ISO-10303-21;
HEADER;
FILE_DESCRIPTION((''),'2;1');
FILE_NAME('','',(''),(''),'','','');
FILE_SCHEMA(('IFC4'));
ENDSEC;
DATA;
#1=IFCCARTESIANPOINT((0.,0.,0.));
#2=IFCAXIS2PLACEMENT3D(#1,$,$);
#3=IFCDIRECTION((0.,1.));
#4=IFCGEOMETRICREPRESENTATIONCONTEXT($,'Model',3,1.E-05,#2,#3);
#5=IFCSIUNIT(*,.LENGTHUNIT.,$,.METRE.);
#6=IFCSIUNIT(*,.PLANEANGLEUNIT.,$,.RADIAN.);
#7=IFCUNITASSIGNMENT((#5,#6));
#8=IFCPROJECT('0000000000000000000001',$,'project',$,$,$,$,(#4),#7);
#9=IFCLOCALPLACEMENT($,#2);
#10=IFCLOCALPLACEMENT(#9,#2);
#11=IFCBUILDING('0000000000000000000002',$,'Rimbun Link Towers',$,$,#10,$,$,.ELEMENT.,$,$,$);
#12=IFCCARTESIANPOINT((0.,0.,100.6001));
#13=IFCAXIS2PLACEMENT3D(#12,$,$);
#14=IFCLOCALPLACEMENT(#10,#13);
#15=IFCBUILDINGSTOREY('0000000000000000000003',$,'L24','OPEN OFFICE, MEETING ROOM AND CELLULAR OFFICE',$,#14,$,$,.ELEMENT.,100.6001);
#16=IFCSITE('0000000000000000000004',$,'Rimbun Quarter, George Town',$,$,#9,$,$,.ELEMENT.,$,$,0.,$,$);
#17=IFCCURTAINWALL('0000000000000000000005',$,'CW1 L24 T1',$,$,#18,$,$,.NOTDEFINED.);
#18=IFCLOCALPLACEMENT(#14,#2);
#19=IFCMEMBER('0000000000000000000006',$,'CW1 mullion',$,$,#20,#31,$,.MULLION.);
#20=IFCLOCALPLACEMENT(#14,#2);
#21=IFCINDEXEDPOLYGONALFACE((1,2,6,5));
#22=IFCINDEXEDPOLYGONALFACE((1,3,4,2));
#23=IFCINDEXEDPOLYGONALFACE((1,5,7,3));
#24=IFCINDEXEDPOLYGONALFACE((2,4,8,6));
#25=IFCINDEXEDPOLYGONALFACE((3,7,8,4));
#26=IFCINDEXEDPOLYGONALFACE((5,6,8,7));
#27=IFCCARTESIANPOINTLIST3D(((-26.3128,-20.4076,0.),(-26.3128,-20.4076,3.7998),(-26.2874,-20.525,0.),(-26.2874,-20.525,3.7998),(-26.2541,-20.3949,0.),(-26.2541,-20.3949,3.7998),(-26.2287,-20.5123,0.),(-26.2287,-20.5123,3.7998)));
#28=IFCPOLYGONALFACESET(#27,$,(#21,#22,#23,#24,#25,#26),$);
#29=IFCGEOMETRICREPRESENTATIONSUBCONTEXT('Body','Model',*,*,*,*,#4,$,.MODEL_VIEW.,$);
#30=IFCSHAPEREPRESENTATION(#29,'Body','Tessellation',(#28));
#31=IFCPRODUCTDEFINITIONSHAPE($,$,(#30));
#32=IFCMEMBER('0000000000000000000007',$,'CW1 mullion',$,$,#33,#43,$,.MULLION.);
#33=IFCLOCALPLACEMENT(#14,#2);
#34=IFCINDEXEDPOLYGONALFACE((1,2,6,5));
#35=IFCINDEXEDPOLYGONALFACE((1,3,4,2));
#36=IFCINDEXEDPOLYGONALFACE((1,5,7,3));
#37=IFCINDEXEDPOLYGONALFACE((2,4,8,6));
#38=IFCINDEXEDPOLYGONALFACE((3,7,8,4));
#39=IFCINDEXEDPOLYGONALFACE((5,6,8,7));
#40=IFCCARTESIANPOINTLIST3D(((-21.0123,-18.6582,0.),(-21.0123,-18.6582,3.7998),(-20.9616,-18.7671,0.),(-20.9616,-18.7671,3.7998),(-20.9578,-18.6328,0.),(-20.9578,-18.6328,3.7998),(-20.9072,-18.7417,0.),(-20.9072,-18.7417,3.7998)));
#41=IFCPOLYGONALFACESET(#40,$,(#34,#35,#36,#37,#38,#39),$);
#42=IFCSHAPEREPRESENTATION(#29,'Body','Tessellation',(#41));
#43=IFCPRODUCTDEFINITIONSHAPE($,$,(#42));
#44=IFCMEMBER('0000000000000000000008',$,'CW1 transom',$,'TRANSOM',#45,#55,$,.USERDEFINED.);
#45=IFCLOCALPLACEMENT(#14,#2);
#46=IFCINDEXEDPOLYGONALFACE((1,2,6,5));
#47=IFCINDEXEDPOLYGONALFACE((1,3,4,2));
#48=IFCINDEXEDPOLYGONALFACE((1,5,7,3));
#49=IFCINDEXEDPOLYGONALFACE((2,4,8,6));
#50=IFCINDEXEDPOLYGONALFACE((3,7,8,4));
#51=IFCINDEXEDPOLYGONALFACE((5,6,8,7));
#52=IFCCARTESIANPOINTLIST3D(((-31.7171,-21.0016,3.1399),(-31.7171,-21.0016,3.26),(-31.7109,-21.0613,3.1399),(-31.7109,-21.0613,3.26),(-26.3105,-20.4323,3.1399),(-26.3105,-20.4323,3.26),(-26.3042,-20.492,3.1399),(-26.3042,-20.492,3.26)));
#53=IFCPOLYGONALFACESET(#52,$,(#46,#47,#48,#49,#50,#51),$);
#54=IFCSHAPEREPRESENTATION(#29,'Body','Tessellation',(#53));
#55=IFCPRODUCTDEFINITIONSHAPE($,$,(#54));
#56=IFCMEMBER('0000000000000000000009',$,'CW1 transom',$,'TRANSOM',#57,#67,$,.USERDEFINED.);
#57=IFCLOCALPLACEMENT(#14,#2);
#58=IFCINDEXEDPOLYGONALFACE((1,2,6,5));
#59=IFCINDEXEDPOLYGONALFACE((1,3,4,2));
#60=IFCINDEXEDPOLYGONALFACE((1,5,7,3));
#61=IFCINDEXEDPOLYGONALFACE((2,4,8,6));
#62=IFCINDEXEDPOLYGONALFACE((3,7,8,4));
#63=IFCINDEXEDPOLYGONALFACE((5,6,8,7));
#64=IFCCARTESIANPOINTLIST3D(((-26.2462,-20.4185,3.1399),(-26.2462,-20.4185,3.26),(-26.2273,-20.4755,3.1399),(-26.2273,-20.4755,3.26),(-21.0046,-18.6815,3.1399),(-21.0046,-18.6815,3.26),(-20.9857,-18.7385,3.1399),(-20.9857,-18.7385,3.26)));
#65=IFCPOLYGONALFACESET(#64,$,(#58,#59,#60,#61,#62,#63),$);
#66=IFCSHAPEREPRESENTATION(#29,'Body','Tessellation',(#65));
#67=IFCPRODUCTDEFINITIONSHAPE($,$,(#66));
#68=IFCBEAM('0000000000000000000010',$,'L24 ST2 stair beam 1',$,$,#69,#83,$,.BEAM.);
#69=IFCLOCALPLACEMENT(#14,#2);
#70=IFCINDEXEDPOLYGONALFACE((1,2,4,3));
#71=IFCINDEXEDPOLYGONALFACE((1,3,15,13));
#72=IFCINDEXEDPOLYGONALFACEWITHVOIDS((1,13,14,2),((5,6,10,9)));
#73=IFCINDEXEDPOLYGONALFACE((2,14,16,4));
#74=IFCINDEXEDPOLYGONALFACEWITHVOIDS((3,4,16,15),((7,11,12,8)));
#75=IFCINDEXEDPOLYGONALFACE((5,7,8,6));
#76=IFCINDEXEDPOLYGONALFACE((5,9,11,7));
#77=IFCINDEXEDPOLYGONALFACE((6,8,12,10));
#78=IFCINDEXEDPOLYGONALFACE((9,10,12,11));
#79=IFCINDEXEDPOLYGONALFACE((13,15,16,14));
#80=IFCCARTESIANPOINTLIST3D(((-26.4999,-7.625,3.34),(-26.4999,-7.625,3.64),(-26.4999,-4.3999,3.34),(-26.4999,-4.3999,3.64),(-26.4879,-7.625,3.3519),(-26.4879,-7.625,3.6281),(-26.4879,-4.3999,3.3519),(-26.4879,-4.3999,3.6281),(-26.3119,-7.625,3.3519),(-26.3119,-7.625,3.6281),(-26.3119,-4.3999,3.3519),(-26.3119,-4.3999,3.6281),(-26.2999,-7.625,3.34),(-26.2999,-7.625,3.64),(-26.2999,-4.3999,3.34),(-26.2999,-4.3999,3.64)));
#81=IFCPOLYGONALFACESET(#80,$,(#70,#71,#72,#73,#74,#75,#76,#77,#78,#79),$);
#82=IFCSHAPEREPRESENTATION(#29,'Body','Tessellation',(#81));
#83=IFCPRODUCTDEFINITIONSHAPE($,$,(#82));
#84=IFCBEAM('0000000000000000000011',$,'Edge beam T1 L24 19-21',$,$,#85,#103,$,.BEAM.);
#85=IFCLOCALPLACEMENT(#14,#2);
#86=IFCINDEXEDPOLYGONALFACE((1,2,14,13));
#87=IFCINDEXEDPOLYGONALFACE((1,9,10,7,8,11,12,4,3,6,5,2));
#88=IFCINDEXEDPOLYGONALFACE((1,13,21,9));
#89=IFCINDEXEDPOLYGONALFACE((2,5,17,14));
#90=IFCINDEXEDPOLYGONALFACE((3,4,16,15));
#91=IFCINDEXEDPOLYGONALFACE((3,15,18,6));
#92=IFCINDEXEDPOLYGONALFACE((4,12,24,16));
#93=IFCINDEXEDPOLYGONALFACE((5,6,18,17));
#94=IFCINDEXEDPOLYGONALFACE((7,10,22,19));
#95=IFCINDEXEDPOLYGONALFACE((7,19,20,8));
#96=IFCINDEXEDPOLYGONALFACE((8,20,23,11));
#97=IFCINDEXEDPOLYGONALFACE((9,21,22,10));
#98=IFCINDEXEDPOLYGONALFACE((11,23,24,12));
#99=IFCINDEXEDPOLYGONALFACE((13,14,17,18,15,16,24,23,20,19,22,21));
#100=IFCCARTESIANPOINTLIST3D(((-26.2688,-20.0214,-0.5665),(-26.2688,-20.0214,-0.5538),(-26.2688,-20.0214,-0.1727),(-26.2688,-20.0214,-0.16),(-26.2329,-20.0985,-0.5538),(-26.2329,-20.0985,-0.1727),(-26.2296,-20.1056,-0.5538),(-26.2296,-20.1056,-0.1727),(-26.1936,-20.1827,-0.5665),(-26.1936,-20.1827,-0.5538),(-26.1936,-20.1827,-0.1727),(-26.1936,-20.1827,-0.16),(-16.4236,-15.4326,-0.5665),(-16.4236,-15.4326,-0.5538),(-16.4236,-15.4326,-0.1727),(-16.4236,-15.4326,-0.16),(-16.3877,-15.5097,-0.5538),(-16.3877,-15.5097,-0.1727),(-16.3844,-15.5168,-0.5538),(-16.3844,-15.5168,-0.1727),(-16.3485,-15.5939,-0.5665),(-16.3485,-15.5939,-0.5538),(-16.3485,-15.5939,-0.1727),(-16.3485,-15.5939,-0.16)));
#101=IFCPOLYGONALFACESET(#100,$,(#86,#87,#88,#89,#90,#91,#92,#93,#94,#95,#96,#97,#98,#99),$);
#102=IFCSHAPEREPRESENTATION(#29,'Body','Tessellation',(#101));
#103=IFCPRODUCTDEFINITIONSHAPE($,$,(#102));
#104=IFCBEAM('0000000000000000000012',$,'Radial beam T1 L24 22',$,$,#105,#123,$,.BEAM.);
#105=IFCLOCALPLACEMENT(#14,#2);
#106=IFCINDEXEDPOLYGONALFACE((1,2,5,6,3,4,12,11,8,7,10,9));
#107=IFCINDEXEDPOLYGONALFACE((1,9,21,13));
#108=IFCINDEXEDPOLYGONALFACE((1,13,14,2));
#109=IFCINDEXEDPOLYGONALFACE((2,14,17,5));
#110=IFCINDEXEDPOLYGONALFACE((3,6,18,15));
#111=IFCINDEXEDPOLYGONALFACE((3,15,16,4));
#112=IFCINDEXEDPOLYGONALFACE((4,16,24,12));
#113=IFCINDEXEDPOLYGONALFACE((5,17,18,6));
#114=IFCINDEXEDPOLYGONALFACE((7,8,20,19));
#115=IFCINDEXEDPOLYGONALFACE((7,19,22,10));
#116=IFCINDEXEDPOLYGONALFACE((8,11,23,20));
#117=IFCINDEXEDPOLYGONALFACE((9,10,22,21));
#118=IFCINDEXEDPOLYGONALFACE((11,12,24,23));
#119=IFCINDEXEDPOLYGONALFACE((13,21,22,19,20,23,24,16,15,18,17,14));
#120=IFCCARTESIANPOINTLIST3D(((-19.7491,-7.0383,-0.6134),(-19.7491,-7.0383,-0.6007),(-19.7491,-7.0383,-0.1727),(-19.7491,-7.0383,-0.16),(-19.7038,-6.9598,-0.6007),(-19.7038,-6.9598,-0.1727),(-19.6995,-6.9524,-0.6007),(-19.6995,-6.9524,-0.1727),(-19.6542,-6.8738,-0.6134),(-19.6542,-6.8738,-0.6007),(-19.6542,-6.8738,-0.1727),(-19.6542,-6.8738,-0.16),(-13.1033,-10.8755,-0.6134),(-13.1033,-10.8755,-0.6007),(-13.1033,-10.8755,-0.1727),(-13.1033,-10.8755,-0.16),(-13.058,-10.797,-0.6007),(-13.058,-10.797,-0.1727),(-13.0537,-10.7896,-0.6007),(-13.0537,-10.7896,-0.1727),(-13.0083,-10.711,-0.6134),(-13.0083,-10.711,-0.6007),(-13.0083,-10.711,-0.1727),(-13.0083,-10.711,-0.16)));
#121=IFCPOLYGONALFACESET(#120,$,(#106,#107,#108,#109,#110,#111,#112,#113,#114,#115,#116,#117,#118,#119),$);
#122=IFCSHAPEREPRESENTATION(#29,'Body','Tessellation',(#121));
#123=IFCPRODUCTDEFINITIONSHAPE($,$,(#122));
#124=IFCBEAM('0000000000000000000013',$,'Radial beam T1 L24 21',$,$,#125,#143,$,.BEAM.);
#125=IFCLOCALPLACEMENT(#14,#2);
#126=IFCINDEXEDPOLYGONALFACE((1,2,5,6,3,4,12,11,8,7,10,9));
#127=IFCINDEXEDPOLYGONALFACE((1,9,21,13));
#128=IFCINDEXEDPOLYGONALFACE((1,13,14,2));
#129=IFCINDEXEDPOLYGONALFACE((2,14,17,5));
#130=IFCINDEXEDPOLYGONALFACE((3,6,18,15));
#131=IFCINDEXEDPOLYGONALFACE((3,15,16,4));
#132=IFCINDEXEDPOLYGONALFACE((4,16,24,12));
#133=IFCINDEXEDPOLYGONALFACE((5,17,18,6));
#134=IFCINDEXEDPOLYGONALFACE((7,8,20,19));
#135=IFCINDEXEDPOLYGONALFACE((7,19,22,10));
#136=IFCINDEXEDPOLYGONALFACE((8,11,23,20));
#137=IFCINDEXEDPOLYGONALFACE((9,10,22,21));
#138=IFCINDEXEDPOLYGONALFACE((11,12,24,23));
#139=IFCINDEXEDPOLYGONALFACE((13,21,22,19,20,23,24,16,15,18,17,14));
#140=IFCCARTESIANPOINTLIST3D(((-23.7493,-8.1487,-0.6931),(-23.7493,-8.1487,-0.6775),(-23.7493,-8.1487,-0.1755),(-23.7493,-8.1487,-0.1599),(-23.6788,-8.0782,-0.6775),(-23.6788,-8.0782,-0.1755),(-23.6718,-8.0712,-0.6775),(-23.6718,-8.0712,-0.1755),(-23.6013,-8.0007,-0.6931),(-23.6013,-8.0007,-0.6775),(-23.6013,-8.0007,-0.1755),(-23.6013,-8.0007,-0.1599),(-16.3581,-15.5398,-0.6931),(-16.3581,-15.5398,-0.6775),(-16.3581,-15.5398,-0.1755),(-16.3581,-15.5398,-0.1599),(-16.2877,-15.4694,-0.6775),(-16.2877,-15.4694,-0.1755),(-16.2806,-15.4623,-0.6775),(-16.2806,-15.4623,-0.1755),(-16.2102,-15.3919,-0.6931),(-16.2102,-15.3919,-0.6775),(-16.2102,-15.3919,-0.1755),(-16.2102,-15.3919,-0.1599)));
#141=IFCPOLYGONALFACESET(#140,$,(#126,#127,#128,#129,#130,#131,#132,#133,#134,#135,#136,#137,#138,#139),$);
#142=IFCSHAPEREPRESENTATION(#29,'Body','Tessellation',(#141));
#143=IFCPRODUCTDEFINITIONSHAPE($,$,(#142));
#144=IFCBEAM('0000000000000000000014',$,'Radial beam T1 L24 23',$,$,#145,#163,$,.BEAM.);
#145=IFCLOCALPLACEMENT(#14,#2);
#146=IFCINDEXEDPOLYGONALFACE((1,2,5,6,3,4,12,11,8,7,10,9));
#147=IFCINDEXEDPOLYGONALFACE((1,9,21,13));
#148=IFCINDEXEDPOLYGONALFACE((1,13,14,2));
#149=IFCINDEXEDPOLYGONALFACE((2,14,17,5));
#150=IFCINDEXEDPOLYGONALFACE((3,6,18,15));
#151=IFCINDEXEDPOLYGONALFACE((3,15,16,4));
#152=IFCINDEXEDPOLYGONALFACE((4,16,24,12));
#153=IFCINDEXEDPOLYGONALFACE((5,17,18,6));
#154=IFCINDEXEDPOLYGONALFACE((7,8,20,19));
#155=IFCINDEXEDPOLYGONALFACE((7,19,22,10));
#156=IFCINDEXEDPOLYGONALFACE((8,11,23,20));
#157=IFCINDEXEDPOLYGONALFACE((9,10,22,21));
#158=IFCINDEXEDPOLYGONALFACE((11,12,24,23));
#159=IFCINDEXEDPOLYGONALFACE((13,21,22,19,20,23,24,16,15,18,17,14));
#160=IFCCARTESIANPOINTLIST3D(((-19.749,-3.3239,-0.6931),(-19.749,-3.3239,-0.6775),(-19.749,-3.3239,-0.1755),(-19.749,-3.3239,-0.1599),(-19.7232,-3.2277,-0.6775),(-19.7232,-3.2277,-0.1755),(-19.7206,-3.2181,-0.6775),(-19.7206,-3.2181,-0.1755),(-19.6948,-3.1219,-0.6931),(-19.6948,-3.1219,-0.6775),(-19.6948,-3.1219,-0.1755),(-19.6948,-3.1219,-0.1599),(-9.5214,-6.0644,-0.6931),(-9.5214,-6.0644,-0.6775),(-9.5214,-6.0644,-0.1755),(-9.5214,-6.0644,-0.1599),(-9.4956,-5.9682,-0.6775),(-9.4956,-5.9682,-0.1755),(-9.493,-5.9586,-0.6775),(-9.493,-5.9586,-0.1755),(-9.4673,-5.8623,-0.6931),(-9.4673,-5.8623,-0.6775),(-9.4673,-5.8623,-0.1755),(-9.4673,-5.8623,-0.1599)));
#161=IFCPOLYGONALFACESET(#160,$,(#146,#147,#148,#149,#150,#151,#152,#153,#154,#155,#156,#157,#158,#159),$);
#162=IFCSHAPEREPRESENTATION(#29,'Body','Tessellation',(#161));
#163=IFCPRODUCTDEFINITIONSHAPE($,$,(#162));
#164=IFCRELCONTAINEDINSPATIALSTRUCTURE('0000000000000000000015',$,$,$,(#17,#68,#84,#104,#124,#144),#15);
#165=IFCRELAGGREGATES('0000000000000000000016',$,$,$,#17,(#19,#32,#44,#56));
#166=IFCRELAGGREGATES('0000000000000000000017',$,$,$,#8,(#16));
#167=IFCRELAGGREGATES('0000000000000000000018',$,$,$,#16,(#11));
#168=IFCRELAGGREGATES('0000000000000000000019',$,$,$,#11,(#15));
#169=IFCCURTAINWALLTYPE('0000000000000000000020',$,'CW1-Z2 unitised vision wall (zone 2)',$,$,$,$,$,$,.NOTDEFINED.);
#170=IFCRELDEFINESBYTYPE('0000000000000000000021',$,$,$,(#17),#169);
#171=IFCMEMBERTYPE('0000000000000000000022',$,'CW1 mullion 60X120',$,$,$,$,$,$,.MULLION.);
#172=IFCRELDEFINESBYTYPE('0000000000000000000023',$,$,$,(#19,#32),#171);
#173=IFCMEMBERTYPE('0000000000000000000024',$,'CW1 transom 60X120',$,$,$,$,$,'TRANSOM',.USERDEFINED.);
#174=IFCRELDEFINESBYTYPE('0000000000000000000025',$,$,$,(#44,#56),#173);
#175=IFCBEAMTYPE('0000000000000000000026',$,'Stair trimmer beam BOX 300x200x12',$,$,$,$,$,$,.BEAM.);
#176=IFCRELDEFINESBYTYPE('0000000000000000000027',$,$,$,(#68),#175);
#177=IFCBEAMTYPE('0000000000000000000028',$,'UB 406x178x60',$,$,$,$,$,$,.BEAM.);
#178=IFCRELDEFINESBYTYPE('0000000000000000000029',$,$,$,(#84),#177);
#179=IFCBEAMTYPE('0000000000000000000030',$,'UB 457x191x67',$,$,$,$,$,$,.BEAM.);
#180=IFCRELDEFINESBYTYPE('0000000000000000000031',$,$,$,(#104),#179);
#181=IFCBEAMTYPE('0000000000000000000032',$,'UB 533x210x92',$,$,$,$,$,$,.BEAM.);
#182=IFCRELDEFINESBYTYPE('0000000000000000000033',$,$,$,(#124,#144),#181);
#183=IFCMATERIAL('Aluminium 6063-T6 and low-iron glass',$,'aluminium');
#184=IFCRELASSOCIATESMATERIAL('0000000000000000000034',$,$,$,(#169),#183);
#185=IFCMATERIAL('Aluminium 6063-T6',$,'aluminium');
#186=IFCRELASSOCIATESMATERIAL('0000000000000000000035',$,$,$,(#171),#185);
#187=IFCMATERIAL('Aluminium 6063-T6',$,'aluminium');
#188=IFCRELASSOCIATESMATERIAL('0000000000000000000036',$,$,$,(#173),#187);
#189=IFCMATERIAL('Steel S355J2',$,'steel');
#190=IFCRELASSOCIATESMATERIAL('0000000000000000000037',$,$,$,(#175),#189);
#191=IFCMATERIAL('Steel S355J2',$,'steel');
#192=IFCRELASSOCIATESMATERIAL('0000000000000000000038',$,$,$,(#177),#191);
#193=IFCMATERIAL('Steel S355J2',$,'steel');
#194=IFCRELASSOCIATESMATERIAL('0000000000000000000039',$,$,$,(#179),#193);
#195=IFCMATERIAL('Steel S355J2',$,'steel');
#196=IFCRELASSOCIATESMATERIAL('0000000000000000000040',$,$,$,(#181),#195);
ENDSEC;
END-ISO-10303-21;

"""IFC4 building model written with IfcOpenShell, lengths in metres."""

from ifc_helpers import new_model, si_unit, direction, frame, origin, origin_2d, place, context, subcontext, project, spatial, rectangle, hollow_rectangle, i_section, extrude, material, material_profile, profile_set, type_object, element, aggregate, save


model = new_model("IFC4")

# Units and contexts
model_context = context("Model", 3, precision=1e-05, world=origin(), true_north=direction((0.0, 1.0)))
body_context = subcontext(model_context, "Body", "Model", "MODEL_VIEW")
ifc_project = project(units=[si_unit("LENGTHUNIT", "METRE"), si_unit("PLANEANGLEUNIT", "RADIAN")], contexts=[model_context])

# Site, building, storey
site_placement = place(None, origin())
site = spatial("IfcSite", under=ifc_project, at=site_placement, Name="Rimbun Quarter, George Town", CompositionType="ELEMENT", RefElevation=0.0)
building_placement = place(site_placement, origin())
building = spatial("IfcBuilding", under=site, at=building_placement, Name="Rimbun Link Towers", CompositionType="ELEMENT")
storey_placement = place(building_placement, frame((0.0, 0.0, 100.6001)))
storey = spatial("IfcBuildingStorey", under=building, at=storey_placement, Name="L24", Description="OPEN OFFICE, MEETING ROOM AND CELLULAR OFFICE", CompositionType="ELEMENT", Elevation=100.6001)

# Curtain wall, members
ifc_material_1 = material(Name="Aluminium 6063-T6 and low-iron glass", Category="aluminium")
curtain_wall_type = type_object("IfcCurtainWallType", Name="CW1-Z2 unitised vision wall (zone 2)", PredefinedType="NOTDEFINED", material=ifc_material_1)
curtain_wall_placement = place(storey_placement, origin())
curtain_wall = element("IfcCurtainWall", 1, at=curtain_wall_placement, inside=storey, type_object=curtain_wall_type, Name="CW1 L24 T1", PredefinedType="NOTDEFINED")
ifc_material_2 = material(Name="Aluminium 6063-T6", Category="aluminium")
ifc_material_profile_1 = material_profile(ifc_material_2, rectangle(XDim=0.1201, YDim=0.0601, at=origin_2d()), Name="MULLION 60X120")
ifc_profile_set_1 = profile_set([ifc_material_profile_1], Name="Aluminium 6063-T6")
member_type_1 = type_object("IfcMemberType", Name="CW1 mullion 60X120", PredefinedType="MULLION", material=ifc_profile_set_1)
member_1_placement = place(storey_placement, frame((-26.2708, -20.46, 0.0), z_axis=(0.0, 0.0, 1.0), x_axis=(0.210863, -0.977516, 0.0)))
member_1 = element("IfcMember", 2, at=member_1_placement, type_object=member_type_1, Name="CW1 mullion", PredefinedType="MULLION", context=body_context, shape_type="SweptSolid", body=[
    extrude(rectangle(XDim=0.1201, YDim=0.0601, at=origin_2d()), origin(), (0.0, 0.0, 1.0), 3.7998),
])
member_2_placement = place(storey_placement, frame((-20.9597, -18.7, 0.0), z_axis=(0.0, 0.0, 1.0), x_axis=(0.421699, -0.906736, 0.0)))
member_2 = element("IfcMember", 3, at=member_2_placement, type_object=member_type_1, Name="CW1 mullion", PredefinedType="MULLION", context=body_context, shape_type="SweptSolid", body=[
    extrude(rectangle(XDim=0.1201, YDim=0.0601, at=origin_2d()), origin(), (0.0, 0.0, 1.0), 3.7998),
])
ifc_material_3 = material(Name="Aluminium 6063-T6", Category="aluminium")
ifc_material_profile_2 = material_profile(ifc_material_3, rectangle(XDim=0.0601, YDim=0.1201, at=origin_2d()), Name="TRANSOM 60X120")
ifc_profile_set_2 = profile_set([ifc_material_profile_2], Name="Aluminium 6063-T6")
member_type_2 = type_object("IfcMemberType", Name="CW1 transom 60X120", ElementType="TRANSOM", PredefinedType="USERDEFINED", material=ifc_profile_set_2)
member_3_placement = place(storey_placement, frame((-26.3074, -20.4622, 3.2), z_axis=(-0.994502, -0.104722, 0.0), x_axis=(0.104722, -0.994502, 0.0)))
member_3 = element("IfcMember", 4, at=member_3_placement, type_object=member_type_2, Name="CW1 transom", ObjectType="TRANSOM", PredefinedType="USERDEFINED", context=body_context, shape_type="SweptSolid", body=[
    extrude(rectangle(XDim=0.0601, YDim=0.1201, at=origin_2d()), origin(), (0.0, 0.0, 1.0), 5.4365),
])
member_4_placement = place(storey_placement, frame((-20.9951, -18.71, 3.2), z_axis=(-0.949235, -0.314569, 0.0), x_axis=(0.314569, -0.949235, 0.0)))
member_4 = element("IfcMember", 5, at=member_4_placement, type_object=member_type_2, Name="CW1 transom", ObjectType="TRANSOM", PredefinedType="USERDEFINED", context=body_context, shape_type="SweptSolid", body=[
    extrude(rectangle(XDim=0.0601, YDim=0.1201, at=origin_2d()), origin(), (0.0, 0.0, 1.0), 5.522),
])

# Beams
ifc_material_4 = material(Name="Steel S355J2", Category="steel")
ifc_material_profile_3 = material_profile(ifc_material_4, hollow_rectangle(XDim=0.2, YDim=0.3, WallThickness=0.012, at=origin_2d()), Name="BOX 300x200x12")
ifc_profile_set_3 = profile_set([ifc_material_profile_3], Name="Steel S355J2")
beam_type_1 = type_object("IfcBeamType", Name="Stair trimmer beam BOX 300x200x12", PredefinedType="BEAM", material=ifc_profile_set_3)
beam_1_placement = place(storey_placement, frame((-26.3999, -7.625, 3.49), z_axis=(0.0, 1.0, 0.0), x_axis=(-1.0, 0.0, 0.0)))
element("IfcBeam", 6, at=beam_1_placement, inside=storey, type_object=beam_type_1, Name="L24 ST2 stair beam 1", PredefinedType="BEAM", context=body_context, shape_type="SweptSolid", body=[
    extrude(hollow_rectangle(XDim=0.2, YDim=0.3, WallThickness=0.012, at=origin_2d()), origin(), (0.0, 0.0, 1.0), 3.2251),
])
ifc_material_5 = material(Name="Steel S355J2", Category="steel")
ifc_material_profile_4 = material_profile(ifc_material_5, i_section(OverallWidth=0.178, OverallDepth=0.4065, WebThickness=0.0078, FlangeThickness=0.0127, at=origin_2d()), Name="UB 406x178x60")
ifc_profile_set_4 = profile_set([ifc_material_profile_4], Name="Steel S355J2")
beam_type_2 = type_object("IfcBeamType", Name="UB 406x178x60", PredefinedType="BEAM", material=ifc_profile_set_4)
beam_2_placement = place(storey_placement, frame((-26.2312, -20.1021, -0.3633), z_axis=(0.906379, 0.422465, 0.0), x_axis=(-0.422465, 0.906379, 0.0)))
element("IfcBeam", 7, at=beam_2_placement, inside=storey, type_object=beam_type_2, Name="Edge beam T1 L24 19-21", PredefinedType="BEAM", context=body_context, shape_type="SweptSolid", body=[
    extrude(i_section(OverallWidth=0.178, OverallDepth=0.4065, WebThickness=0.0078, FlangeThickness=0.0127, at=origin_2d()), origin(), (0.0, 0.0, 1.0), 10.8621),
])
ifc_material_6 = material(Name="Steel S355J2", Category="steel")
ifc_material_profile_5 = material_profile(ifc_material_6, i_section(OverallWidth=0.1899, OverallDepth=0.4534, WebThickness=0.0085, FlangeThickness=0.0127, at=origin_2d()), Name="UB 457x191x67")
ifc_profile_set_5 = profile_set([ifc_material_profile_5], Name="Steel S355J2")
beam_type_3 = type_object("IfcBeamType", Name="UB 457x191x67", PredefinedType="BEAM", material=ifc_profile_set_5)
beam_3_placement = place(storey_placement, frame((-19.7017, -6.9561, -0.3867), z_axis=(0.866012, -0.500023, 0.0), x_axis=(0.500023, 0.866012, 0.0)))
element("IfcBeam", 8, at=beam_3_placement, inside=storey, type_object=beam_type_3, Name="Radial beam T1 L24 22", PredefinedType="BEAM", context=body_context, shape_type="SweptSolid", body=[
    extrude(i_section(OverallWidth=0.1899, OverallDepth=0.4534, WebThickness=0.0085, FlangeThickness=0.0127, at=origin_2d()), origin(), (0.0, 0.0, 1.0), 7.6741),
])
ifc_material_7 = material(Name="Steel S355J2", Category="steel")
ifc_material_profile_6 = material_profile(ifc_material_7, i_section(OverallWidth=0.2092, OverallDepth=0.5332, WebThickness=0.01, FlangeThickness=0.0156, at=origin_2d()), Name="UB 533x210x92")
ifc_profile_set_6 = profile_set([ifc_material_profile_6], Name="Steel S355J2")
beam_type_4 = type_object("IfcBeamType", Name="UB 533x210x92", PredefinedType="BEAM", material=ifc_profile_set_6)
beam_4_placement = place(storey_placement, frame((-23.6753, -8.0747, -0.4265), z_axis=(0.707107, -0.707107, 0.0), x_axis=(0.707107, 0.707107, 0.0)))
element("IfcBeam", 9, at=beam_4_placement, inside=storey, type_object=beam_type_4, Name="Radial beam T1 L24 21", PredefinedType="BEAM", context=body_context, shape_type="SweptSolid", body=[
    extrude(i_section(OverallWidth=0.2092, OverallDepth=0.5332, WebThickness=0.01, FlangeThickness=0.0156, at=origin_2d()), origin(), (0.0, 0.0, 1.0), 10.4526),
])
beam_5_placement = place(storey_placement, frame((-19.7219, -3.2229, -0.4265), z_axis=(0.965925, -0.258821, 0.0), x_axis=(0.258821, 0.965925, 0.0)))
element("IfcBeam", 10, at=beam_5_placement, inside=storey, type_object=beam_type_4, Name="Radial beam T1 L24 23", PredefinedType="BEAM", context=body_context, shape_type="SweptSolid", body=[
    extrude(i_section(OverallWidth=0.2092, OverallDepth=0.5332, WebThickness=0.01, FlangeThickness=0.0156, at=origin_2d()), origin(), (0.0, 0.0, 1.0), 10.5884),
])

aggregate(curtain_wall, [member_1, member_2, member_3, member_4])

save(model, "model.ifc")
